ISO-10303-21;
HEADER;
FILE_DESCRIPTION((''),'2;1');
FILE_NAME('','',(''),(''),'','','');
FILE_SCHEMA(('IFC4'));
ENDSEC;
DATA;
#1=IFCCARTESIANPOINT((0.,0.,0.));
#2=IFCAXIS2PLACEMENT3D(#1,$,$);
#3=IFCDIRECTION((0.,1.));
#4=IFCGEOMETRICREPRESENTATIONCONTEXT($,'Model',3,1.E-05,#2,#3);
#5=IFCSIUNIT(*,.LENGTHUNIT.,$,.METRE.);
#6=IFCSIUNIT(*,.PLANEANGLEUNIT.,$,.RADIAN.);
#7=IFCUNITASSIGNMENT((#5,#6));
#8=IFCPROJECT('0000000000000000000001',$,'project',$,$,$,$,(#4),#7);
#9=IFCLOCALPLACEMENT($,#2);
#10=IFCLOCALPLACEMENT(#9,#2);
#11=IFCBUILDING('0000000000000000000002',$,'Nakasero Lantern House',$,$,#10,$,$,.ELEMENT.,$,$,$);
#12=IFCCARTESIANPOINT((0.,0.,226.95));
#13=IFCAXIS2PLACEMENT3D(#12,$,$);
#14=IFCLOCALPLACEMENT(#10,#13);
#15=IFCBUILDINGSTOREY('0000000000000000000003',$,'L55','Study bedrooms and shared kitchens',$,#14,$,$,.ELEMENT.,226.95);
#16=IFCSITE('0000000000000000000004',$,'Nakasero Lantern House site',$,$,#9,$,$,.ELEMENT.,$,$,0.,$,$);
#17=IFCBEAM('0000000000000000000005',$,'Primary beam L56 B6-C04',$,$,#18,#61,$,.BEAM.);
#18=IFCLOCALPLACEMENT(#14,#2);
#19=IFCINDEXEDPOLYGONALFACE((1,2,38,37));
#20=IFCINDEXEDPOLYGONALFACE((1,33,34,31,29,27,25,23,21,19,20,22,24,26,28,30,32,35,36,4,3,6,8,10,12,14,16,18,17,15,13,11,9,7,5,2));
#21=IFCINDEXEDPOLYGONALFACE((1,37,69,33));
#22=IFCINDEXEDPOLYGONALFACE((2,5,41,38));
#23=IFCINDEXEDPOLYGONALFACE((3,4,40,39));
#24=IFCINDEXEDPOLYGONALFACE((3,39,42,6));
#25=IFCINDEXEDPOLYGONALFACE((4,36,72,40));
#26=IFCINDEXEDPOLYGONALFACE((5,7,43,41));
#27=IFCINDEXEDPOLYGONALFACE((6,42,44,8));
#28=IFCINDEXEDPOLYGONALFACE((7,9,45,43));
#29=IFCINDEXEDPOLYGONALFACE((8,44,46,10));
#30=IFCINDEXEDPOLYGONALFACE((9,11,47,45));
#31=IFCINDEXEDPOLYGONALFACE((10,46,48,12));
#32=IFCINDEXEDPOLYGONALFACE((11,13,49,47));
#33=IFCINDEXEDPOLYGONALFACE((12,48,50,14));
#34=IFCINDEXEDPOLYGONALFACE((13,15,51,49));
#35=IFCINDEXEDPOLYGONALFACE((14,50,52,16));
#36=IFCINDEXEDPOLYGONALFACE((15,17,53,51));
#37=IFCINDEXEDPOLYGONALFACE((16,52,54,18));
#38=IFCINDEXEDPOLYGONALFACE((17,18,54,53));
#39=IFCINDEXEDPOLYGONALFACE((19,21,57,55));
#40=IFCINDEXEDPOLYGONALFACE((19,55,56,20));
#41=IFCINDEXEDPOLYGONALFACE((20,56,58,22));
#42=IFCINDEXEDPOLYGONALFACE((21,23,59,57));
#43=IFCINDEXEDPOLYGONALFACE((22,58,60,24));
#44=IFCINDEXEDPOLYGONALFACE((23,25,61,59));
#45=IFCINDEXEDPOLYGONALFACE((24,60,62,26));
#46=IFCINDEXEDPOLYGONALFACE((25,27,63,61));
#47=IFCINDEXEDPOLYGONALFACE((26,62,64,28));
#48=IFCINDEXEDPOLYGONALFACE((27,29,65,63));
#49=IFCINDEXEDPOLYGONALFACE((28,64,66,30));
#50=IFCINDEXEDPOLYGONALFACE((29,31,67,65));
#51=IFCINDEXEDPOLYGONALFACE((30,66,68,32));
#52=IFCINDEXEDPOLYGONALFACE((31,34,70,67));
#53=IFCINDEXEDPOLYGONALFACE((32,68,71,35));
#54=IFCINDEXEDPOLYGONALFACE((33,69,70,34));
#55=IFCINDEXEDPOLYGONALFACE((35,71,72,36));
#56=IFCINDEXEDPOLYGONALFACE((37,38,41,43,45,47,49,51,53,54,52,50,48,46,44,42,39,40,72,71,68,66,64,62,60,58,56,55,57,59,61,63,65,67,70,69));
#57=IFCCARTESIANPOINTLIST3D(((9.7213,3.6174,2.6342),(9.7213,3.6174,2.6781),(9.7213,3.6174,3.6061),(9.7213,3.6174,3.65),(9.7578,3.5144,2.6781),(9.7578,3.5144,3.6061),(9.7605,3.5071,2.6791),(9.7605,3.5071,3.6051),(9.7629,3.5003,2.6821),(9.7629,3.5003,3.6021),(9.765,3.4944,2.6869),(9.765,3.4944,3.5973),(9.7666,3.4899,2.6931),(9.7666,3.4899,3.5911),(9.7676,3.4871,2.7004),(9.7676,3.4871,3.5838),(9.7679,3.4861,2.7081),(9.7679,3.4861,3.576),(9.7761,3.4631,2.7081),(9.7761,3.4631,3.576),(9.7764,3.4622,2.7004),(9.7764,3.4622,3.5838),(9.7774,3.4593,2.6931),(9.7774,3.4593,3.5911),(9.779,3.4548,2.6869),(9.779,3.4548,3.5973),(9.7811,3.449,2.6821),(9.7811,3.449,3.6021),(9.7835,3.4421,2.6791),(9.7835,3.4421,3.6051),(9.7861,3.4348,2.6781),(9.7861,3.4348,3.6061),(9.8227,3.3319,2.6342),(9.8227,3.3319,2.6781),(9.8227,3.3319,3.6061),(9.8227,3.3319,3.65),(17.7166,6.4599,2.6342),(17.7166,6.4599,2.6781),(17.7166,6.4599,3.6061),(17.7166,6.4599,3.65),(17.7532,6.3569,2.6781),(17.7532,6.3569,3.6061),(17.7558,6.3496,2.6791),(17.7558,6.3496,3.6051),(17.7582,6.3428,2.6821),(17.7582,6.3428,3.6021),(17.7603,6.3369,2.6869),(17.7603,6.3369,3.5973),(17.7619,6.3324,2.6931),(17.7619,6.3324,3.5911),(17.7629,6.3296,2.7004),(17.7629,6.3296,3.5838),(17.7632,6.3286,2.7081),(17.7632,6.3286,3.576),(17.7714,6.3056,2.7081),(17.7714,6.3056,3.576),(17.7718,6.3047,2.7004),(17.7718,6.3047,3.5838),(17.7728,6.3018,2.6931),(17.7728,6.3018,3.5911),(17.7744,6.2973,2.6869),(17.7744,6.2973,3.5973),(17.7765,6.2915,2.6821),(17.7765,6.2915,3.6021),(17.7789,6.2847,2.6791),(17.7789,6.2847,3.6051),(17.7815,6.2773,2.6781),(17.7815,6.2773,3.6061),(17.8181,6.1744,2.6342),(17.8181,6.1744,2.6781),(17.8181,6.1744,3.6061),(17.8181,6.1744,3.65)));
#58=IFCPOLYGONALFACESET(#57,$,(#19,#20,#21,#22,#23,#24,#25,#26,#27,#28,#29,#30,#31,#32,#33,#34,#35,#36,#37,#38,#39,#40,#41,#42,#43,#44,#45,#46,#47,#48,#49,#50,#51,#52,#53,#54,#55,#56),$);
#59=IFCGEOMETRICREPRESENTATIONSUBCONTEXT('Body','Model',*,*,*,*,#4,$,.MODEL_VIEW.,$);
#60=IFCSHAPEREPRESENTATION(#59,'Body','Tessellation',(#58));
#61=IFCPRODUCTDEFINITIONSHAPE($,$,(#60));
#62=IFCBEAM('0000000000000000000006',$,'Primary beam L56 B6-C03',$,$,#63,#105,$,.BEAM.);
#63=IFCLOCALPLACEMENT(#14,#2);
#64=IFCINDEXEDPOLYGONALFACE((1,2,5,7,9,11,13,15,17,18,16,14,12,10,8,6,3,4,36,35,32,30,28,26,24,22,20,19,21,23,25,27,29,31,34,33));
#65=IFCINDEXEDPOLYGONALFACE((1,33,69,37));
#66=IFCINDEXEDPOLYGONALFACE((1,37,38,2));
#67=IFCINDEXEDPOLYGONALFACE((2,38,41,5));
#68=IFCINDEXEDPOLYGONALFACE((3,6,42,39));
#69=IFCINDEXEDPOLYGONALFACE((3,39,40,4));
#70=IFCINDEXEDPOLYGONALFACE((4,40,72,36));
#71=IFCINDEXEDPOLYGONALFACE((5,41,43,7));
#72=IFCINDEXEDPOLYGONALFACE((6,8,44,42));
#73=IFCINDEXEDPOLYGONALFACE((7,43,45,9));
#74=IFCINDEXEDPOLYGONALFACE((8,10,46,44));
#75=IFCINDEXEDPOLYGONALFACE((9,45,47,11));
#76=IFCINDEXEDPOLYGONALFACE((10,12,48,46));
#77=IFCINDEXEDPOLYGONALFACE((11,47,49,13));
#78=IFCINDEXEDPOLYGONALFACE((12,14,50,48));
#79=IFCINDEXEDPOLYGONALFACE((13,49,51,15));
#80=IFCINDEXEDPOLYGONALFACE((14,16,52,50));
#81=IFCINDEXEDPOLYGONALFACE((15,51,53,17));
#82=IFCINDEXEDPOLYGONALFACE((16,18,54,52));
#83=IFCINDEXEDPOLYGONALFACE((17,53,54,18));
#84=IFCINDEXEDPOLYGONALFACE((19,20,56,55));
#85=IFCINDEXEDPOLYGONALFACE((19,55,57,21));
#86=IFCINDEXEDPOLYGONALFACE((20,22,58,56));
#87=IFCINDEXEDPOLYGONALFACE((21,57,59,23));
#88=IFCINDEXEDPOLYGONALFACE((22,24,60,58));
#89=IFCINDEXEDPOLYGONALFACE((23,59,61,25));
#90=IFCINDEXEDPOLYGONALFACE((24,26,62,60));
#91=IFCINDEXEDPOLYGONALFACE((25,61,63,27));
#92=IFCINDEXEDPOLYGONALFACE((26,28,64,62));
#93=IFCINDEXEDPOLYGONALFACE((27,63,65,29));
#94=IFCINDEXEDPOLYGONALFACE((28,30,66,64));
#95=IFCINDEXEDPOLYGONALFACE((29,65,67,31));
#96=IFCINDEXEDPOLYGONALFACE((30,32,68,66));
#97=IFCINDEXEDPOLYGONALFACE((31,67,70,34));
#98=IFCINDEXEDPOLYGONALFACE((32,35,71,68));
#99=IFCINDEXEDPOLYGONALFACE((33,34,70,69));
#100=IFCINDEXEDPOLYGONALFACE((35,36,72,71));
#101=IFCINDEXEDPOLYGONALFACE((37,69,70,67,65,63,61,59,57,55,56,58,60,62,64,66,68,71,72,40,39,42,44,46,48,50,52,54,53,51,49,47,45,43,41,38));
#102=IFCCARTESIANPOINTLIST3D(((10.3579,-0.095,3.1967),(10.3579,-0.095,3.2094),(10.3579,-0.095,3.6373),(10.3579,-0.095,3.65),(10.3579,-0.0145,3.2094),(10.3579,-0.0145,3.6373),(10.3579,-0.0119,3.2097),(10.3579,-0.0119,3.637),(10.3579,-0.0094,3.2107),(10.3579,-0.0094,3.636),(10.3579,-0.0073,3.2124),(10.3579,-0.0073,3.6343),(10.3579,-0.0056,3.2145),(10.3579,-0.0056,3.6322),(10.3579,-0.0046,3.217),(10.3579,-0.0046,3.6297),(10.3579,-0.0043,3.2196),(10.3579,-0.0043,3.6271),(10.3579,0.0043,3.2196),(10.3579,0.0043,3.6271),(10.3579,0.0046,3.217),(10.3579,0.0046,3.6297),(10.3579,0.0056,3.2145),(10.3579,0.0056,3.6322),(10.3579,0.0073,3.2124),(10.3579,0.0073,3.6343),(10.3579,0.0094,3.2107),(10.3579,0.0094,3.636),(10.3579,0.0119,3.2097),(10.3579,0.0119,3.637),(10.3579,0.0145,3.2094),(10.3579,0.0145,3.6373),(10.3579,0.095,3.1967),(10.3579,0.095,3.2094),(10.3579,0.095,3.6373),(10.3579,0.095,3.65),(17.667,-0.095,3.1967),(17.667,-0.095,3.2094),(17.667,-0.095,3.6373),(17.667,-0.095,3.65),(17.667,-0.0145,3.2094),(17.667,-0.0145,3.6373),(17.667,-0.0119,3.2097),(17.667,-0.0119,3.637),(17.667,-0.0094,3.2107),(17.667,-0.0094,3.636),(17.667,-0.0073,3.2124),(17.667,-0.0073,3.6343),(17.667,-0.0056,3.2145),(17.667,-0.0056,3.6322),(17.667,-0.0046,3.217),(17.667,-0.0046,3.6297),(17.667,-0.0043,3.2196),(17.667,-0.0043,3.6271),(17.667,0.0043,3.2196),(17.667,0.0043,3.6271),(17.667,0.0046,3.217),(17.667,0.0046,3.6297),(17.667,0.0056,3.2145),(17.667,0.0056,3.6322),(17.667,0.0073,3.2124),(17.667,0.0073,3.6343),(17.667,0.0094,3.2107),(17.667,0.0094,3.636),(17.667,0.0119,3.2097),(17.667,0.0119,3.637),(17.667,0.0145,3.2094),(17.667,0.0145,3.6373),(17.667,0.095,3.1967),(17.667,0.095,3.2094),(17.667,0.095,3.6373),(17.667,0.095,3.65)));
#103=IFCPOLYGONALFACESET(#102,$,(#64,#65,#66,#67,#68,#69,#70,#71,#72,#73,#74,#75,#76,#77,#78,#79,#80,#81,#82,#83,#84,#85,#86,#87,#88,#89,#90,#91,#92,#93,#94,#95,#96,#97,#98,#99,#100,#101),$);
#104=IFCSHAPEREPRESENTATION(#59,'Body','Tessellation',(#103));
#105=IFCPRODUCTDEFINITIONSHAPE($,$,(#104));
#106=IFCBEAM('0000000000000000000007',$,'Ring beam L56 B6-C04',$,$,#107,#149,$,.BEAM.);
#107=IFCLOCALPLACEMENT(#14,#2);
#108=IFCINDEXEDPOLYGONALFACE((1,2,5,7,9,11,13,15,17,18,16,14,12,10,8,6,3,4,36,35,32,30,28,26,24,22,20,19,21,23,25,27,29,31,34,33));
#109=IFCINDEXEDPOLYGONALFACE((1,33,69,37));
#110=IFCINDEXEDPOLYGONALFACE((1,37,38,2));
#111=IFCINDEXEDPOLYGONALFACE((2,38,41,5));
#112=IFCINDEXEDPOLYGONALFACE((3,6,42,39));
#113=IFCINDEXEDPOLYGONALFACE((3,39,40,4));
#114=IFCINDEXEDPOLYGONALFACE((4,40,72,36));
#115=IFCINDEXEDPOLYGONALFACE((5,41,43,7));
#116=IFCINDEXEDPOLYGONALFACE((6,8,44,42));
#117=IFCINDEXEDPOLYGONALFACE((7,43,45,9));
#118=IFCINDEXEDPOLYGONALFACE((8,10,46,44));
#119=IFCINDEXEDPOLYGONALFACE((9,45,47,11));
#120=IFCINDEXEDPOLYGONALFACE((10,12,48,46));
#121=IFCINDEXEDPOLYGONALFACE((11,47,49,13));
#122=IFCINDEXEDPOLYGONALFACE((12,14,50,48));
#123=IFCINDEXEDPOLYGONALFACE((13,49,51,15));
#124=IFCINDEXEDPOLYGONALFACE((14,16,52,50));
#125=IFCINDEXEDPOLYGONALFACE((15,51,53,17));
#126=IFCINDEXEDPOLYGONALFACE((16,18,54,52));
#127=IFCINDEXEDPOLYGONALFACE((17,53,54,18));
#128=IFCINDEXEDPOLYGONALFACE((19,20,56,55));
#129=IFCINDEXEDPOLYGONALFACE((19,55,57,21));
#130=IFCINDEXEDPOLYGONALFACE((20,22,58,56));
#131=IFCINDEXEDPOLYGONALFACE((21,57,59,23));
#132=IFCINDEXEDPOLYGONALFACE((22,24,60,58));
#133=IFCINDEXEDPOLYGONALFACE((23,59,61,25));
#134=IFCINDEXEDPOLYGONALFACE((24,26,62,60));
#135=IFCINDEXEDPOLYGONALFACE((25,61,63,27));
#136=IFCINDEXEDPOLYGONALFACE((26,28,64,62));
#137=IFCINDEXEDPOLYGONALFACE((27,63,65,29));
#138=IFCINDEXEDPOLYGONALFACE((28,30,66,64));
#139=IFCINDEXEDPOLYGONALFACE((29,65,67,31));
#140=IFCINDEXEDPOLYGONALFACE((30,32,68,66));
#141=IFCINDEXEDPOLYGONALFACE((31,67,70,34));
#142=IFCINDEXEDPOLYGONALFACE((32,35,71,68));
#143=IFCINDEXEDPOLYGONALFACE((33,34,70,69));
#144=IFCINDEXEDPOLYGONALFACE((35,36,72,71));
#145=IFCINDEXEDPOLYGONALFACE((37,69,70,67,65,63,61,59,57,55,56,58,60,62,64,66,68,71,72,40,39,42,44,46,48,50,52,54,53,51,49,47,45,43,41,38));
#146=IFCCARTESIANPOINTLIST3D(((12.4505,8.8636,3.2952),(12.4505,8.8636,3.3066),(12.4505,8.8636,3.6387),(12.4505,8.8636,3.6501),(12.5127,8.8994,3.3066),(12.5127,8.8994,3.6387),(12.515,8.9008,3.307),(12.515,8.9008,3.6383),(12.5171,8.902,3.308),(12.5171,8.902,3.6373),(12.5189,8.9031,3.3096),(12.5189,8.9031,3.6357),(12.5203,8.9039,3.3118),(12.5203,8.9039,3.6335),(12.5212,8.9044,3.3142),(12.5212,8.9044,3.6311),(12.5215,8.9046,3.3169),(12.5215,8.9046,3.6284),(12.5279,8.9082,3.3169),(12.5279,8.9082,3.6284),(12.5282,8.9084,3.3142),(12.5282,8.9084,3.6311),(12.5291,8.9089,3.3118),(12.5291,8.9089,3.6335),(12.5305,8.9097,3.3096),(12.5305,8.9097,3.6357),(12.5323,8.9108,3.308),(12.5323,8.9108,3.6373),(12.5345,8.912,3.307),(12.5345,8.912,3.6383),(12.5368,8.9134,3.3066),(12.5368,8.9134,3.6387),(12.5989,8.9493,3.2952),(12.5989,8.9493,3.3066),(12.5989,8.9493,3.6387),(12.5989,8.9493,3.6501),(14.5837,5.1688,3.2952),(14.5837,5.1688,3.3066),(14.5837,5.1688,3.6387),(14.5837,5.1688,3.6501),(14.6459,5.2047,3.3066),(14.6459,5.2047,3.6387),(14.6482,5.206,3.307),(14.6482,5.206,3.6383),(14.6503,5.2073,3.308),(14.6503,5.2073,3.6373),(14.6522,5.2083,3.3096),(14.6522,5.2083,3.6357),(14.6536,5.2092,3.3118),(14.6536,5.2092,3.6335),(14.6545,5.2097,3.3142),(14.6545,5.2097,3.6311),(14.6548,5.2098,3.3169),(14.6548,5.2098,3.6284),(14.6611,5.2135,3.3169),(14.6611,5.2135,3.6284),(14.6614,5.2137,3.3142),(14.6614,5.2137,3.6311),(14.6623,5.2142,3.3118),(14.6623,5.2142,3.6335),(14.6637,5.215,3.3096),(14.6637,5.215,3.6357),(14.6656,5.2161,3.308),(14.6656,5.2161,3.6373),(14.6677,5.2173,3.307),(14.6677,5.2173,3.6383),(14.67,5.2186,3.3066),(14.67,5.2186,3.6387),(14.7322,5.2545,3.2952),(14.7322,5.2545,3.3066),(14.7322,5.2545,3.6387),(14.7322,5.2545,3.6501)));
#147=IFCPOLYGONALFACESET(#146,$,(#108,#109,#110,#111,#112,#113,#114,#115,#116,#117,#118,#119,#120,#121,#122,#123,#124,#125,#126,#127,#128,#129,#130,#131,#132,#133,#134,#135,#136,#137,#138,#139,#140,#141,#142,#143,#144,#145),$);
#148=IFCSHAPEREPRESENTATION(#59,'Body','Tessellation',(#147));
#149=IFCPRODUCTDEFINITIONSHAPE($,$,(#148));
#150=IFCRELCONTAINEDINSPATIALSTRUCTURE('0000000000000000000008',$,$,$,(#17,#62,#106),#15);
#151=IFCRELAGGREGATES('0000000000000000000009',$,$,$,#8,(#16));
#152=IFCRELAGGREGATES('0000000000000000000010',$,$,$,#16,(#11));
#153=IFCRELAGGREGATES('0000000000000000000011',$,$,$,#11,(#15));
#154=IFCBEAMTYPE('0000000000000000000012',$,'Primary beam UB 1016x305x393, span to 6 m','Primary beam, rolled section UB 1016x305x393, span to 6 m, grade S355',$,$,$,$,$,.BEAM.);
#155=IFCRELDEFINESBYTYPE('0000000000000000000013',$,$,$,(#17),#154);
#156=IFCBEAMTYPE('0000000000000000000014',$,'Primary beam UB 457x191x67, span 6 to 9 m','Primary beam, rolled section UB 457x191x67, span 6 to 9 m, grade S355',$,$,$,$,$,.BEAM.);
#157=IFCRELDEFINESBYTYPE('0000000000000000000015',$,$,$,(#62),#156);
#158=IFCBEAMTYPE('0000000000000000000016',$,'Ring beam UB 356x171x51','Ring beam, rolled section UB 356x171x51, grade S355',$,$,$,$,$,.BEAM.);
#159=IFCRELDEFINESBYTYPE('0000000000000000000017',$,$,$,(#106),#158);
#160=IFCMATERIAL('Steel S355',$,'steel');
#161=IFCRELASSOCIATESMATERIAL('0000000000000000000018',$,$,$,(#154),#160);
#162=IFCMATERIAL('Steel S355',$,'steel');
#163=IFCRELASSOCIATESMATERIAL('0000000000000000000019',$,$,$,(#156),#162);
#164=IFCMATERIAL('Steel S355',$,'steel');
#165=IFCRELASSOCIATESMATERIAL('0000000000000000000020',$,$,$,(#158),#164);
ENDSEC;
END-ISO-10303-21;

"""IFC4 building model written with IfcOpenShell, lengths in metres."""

from ifc_helpers import new_model, si_unit, direction, frame, origin, origin_2d, place, context, subcontext, project, spatial, i_section, extrude, material, material_profile, profile_set, type_object, element, save


model = new_model("IFC4")

# Units and contexts
model_context = context("Model", 3, precision=1e-05, world=origin(), true_north=direction((0.0, 1.0)))
body_context = subcontext(model_context, "Body", "Model", "MODEL_VIEW")
ifc_project = project(units=[si_unit("LENGTHUNIT", "METRE"), si_unit("PLANEANGLEUNIT", "RADIAN")], contexts=[model_context])

# Site, building, storey
site_placement = place(None, origin())
site = spatial("IfcSite", under=ifc_project, at=site_placement, Name="Nakasero Lantern House site", CompositionType="ELEMENT", RefElevation=0.0)
building_placement = place(site_placement, origin())
building = spatial("IfcBuilding", under=site, at=building_placement, Name="Nakasero Lantern House", CompositionType="ELEMENT")
storey_placement = place(building_placement, frame((0.0, 0.0, 226.95)))
storey = spatial("IfcBuildingStorey", under=building, at=storey_placement, Name="L55", Description="Study bedrooms and shared kitchens", CompositionType="ELEMENT", Elevation=226.95)

# Beams
ifc_material_1 = material(Name="Steel S355", Category="steel")
ifc_material_profile_1 = material_profile(ifc_material_1, i_section(OverallWidth=0.303, OverallDepth=1.0159, WebThickness=0.0244, FlangeThickness=0.0439, FilletRadius=0.03, at=origin_2d()), Name="UB 1016x305x393")
ifc_profile_set_1 = profile_set([ifc_material_profile_1], Name="Steel S355")
beam_type_1 = type_object("IfcBeamType", Name="Primary beam UB 1016x305x393, span to 6 m", Description="Primary beam, rolled section UB 1016x305x393, span to 6 m, grade S355", PredefinedType="BEAM", material=ifc_profile_set_1)
beam_1_placement = place(storey_placement, frame((17.7673, 6.3171, 3.1421), z_axis=(-0.942225, -0.334982, 0.0), x_axis=(0.334982, -0.942225, 0.0)))
element("IfcBeam", 1, at=beam_1_placement, inside=storey, type_object=beam_type_1, Name="Primary beam L56 B6-C04", PredefinedType="BEAM", context=body_context, shape_type="SweptSolid", body=[
    extrude(i_section(OverallWidth=0.303, OverallDepth=1.0159, WebThickness=0.0244, FlangeThickness=0.0439, FilletRadius=0.03, at=origin_2d()), origin(), (0.0, 0.0, 1.0), 8.4856),
])
ifc_material_2 = material(Name="Steel S355", Category="steel")
ifc_material_profile_2 = material_profile(ifc_material_2, i_section(OverallWidth=0.1899, OverallDepth=0.4534, WebThickness=0.0085, FlangeThickness=0.0127, FilletRadius=0.0103, at=origin_2d()), Name="UB 457x191x67")
ifc_profile_set_2 = profile_set([ifc_material_profile_2], Name="Steel S355")
beam_type_2 = type_object("IfcBeamType", Name="Primary beam UB 457x191x67, span 6 to 9 m", Description="Primary beam, rolled section UB 457x191x67, span 6 to 9 m, grade S355", PredefinedType="BEAM", material=ifc_profile_set_2)
beam_2_placement = place(storey_placement, frame((17.667, 0.0, 3.4233), z_axis=(-1.0, 0.0, 0.0), x_axis=(0.0, -1.0, 0.0)))
element("IfcBeam", 2, at=beam_2_placement, inside=storey, type_object=beam_type_2, Name="Primary beam L56 B6-C03", PredefinedType="BEAM", context=body_context, shape_type="SweptSolid", body=[
    extrude(i_section(OverallWidth=0.1899, OverallDepth=0.4534, WebThickness=0.0085, FlangeThickness=0.0127, FilletRadius=0.0103, at=origin_2d()), origin(), (0.0, 0.0, 1.0), 7.3091),
])
ifc_material_3 = material(Name="Steel S355", Category="steel")
ifc_material_profile_3 = material_profile(ifc_material_3, i_section(OverallWidth=0.1714, OverallDepth=0.355, WebThickness=0.0073, FlangeThickness=0.0115, FilletRadius=0.0103, at=origin_2d()), Name="UB 356x171x51")
ifc_profile_set_3 = profile_set([ifc_material_profile_3], Name="Steel S355")
beam_type_3 = type_object("IfcBeamType", Name="Ring beam UB 356x171x51", Description="Ring beam, rolled section UB 356x171x51, grade S355", PredefinedType="BEAM", material=ifc_profile_set_3)
beam_3_placement = place(storey_placement, frame((14.658, 5.2117, 3.4727), z_axis=(-0.500016, 0.866016, 0.0), x_axis=(-0.866016, -0.500016, 0.0)))
element("IfcBeam", 3, at=beam_3_placement, inside=storey, type_object=beam_type_3, Name="Ring beam L56 B6-C04", PredefinedType="BEAM", context=body_context, shape_type="SweptSolid", body=[
    extrude(i_section(OverallWidth=0.1714, OverallDepth=0.355, WebThickness=0.0073, FlangeThickness=0.0115, FilletRadius=0.0103, at=origin_2d()), origin(), (0.0, 0.0, 1.0), 4.2664),
])

save(model, "model.ifc")
